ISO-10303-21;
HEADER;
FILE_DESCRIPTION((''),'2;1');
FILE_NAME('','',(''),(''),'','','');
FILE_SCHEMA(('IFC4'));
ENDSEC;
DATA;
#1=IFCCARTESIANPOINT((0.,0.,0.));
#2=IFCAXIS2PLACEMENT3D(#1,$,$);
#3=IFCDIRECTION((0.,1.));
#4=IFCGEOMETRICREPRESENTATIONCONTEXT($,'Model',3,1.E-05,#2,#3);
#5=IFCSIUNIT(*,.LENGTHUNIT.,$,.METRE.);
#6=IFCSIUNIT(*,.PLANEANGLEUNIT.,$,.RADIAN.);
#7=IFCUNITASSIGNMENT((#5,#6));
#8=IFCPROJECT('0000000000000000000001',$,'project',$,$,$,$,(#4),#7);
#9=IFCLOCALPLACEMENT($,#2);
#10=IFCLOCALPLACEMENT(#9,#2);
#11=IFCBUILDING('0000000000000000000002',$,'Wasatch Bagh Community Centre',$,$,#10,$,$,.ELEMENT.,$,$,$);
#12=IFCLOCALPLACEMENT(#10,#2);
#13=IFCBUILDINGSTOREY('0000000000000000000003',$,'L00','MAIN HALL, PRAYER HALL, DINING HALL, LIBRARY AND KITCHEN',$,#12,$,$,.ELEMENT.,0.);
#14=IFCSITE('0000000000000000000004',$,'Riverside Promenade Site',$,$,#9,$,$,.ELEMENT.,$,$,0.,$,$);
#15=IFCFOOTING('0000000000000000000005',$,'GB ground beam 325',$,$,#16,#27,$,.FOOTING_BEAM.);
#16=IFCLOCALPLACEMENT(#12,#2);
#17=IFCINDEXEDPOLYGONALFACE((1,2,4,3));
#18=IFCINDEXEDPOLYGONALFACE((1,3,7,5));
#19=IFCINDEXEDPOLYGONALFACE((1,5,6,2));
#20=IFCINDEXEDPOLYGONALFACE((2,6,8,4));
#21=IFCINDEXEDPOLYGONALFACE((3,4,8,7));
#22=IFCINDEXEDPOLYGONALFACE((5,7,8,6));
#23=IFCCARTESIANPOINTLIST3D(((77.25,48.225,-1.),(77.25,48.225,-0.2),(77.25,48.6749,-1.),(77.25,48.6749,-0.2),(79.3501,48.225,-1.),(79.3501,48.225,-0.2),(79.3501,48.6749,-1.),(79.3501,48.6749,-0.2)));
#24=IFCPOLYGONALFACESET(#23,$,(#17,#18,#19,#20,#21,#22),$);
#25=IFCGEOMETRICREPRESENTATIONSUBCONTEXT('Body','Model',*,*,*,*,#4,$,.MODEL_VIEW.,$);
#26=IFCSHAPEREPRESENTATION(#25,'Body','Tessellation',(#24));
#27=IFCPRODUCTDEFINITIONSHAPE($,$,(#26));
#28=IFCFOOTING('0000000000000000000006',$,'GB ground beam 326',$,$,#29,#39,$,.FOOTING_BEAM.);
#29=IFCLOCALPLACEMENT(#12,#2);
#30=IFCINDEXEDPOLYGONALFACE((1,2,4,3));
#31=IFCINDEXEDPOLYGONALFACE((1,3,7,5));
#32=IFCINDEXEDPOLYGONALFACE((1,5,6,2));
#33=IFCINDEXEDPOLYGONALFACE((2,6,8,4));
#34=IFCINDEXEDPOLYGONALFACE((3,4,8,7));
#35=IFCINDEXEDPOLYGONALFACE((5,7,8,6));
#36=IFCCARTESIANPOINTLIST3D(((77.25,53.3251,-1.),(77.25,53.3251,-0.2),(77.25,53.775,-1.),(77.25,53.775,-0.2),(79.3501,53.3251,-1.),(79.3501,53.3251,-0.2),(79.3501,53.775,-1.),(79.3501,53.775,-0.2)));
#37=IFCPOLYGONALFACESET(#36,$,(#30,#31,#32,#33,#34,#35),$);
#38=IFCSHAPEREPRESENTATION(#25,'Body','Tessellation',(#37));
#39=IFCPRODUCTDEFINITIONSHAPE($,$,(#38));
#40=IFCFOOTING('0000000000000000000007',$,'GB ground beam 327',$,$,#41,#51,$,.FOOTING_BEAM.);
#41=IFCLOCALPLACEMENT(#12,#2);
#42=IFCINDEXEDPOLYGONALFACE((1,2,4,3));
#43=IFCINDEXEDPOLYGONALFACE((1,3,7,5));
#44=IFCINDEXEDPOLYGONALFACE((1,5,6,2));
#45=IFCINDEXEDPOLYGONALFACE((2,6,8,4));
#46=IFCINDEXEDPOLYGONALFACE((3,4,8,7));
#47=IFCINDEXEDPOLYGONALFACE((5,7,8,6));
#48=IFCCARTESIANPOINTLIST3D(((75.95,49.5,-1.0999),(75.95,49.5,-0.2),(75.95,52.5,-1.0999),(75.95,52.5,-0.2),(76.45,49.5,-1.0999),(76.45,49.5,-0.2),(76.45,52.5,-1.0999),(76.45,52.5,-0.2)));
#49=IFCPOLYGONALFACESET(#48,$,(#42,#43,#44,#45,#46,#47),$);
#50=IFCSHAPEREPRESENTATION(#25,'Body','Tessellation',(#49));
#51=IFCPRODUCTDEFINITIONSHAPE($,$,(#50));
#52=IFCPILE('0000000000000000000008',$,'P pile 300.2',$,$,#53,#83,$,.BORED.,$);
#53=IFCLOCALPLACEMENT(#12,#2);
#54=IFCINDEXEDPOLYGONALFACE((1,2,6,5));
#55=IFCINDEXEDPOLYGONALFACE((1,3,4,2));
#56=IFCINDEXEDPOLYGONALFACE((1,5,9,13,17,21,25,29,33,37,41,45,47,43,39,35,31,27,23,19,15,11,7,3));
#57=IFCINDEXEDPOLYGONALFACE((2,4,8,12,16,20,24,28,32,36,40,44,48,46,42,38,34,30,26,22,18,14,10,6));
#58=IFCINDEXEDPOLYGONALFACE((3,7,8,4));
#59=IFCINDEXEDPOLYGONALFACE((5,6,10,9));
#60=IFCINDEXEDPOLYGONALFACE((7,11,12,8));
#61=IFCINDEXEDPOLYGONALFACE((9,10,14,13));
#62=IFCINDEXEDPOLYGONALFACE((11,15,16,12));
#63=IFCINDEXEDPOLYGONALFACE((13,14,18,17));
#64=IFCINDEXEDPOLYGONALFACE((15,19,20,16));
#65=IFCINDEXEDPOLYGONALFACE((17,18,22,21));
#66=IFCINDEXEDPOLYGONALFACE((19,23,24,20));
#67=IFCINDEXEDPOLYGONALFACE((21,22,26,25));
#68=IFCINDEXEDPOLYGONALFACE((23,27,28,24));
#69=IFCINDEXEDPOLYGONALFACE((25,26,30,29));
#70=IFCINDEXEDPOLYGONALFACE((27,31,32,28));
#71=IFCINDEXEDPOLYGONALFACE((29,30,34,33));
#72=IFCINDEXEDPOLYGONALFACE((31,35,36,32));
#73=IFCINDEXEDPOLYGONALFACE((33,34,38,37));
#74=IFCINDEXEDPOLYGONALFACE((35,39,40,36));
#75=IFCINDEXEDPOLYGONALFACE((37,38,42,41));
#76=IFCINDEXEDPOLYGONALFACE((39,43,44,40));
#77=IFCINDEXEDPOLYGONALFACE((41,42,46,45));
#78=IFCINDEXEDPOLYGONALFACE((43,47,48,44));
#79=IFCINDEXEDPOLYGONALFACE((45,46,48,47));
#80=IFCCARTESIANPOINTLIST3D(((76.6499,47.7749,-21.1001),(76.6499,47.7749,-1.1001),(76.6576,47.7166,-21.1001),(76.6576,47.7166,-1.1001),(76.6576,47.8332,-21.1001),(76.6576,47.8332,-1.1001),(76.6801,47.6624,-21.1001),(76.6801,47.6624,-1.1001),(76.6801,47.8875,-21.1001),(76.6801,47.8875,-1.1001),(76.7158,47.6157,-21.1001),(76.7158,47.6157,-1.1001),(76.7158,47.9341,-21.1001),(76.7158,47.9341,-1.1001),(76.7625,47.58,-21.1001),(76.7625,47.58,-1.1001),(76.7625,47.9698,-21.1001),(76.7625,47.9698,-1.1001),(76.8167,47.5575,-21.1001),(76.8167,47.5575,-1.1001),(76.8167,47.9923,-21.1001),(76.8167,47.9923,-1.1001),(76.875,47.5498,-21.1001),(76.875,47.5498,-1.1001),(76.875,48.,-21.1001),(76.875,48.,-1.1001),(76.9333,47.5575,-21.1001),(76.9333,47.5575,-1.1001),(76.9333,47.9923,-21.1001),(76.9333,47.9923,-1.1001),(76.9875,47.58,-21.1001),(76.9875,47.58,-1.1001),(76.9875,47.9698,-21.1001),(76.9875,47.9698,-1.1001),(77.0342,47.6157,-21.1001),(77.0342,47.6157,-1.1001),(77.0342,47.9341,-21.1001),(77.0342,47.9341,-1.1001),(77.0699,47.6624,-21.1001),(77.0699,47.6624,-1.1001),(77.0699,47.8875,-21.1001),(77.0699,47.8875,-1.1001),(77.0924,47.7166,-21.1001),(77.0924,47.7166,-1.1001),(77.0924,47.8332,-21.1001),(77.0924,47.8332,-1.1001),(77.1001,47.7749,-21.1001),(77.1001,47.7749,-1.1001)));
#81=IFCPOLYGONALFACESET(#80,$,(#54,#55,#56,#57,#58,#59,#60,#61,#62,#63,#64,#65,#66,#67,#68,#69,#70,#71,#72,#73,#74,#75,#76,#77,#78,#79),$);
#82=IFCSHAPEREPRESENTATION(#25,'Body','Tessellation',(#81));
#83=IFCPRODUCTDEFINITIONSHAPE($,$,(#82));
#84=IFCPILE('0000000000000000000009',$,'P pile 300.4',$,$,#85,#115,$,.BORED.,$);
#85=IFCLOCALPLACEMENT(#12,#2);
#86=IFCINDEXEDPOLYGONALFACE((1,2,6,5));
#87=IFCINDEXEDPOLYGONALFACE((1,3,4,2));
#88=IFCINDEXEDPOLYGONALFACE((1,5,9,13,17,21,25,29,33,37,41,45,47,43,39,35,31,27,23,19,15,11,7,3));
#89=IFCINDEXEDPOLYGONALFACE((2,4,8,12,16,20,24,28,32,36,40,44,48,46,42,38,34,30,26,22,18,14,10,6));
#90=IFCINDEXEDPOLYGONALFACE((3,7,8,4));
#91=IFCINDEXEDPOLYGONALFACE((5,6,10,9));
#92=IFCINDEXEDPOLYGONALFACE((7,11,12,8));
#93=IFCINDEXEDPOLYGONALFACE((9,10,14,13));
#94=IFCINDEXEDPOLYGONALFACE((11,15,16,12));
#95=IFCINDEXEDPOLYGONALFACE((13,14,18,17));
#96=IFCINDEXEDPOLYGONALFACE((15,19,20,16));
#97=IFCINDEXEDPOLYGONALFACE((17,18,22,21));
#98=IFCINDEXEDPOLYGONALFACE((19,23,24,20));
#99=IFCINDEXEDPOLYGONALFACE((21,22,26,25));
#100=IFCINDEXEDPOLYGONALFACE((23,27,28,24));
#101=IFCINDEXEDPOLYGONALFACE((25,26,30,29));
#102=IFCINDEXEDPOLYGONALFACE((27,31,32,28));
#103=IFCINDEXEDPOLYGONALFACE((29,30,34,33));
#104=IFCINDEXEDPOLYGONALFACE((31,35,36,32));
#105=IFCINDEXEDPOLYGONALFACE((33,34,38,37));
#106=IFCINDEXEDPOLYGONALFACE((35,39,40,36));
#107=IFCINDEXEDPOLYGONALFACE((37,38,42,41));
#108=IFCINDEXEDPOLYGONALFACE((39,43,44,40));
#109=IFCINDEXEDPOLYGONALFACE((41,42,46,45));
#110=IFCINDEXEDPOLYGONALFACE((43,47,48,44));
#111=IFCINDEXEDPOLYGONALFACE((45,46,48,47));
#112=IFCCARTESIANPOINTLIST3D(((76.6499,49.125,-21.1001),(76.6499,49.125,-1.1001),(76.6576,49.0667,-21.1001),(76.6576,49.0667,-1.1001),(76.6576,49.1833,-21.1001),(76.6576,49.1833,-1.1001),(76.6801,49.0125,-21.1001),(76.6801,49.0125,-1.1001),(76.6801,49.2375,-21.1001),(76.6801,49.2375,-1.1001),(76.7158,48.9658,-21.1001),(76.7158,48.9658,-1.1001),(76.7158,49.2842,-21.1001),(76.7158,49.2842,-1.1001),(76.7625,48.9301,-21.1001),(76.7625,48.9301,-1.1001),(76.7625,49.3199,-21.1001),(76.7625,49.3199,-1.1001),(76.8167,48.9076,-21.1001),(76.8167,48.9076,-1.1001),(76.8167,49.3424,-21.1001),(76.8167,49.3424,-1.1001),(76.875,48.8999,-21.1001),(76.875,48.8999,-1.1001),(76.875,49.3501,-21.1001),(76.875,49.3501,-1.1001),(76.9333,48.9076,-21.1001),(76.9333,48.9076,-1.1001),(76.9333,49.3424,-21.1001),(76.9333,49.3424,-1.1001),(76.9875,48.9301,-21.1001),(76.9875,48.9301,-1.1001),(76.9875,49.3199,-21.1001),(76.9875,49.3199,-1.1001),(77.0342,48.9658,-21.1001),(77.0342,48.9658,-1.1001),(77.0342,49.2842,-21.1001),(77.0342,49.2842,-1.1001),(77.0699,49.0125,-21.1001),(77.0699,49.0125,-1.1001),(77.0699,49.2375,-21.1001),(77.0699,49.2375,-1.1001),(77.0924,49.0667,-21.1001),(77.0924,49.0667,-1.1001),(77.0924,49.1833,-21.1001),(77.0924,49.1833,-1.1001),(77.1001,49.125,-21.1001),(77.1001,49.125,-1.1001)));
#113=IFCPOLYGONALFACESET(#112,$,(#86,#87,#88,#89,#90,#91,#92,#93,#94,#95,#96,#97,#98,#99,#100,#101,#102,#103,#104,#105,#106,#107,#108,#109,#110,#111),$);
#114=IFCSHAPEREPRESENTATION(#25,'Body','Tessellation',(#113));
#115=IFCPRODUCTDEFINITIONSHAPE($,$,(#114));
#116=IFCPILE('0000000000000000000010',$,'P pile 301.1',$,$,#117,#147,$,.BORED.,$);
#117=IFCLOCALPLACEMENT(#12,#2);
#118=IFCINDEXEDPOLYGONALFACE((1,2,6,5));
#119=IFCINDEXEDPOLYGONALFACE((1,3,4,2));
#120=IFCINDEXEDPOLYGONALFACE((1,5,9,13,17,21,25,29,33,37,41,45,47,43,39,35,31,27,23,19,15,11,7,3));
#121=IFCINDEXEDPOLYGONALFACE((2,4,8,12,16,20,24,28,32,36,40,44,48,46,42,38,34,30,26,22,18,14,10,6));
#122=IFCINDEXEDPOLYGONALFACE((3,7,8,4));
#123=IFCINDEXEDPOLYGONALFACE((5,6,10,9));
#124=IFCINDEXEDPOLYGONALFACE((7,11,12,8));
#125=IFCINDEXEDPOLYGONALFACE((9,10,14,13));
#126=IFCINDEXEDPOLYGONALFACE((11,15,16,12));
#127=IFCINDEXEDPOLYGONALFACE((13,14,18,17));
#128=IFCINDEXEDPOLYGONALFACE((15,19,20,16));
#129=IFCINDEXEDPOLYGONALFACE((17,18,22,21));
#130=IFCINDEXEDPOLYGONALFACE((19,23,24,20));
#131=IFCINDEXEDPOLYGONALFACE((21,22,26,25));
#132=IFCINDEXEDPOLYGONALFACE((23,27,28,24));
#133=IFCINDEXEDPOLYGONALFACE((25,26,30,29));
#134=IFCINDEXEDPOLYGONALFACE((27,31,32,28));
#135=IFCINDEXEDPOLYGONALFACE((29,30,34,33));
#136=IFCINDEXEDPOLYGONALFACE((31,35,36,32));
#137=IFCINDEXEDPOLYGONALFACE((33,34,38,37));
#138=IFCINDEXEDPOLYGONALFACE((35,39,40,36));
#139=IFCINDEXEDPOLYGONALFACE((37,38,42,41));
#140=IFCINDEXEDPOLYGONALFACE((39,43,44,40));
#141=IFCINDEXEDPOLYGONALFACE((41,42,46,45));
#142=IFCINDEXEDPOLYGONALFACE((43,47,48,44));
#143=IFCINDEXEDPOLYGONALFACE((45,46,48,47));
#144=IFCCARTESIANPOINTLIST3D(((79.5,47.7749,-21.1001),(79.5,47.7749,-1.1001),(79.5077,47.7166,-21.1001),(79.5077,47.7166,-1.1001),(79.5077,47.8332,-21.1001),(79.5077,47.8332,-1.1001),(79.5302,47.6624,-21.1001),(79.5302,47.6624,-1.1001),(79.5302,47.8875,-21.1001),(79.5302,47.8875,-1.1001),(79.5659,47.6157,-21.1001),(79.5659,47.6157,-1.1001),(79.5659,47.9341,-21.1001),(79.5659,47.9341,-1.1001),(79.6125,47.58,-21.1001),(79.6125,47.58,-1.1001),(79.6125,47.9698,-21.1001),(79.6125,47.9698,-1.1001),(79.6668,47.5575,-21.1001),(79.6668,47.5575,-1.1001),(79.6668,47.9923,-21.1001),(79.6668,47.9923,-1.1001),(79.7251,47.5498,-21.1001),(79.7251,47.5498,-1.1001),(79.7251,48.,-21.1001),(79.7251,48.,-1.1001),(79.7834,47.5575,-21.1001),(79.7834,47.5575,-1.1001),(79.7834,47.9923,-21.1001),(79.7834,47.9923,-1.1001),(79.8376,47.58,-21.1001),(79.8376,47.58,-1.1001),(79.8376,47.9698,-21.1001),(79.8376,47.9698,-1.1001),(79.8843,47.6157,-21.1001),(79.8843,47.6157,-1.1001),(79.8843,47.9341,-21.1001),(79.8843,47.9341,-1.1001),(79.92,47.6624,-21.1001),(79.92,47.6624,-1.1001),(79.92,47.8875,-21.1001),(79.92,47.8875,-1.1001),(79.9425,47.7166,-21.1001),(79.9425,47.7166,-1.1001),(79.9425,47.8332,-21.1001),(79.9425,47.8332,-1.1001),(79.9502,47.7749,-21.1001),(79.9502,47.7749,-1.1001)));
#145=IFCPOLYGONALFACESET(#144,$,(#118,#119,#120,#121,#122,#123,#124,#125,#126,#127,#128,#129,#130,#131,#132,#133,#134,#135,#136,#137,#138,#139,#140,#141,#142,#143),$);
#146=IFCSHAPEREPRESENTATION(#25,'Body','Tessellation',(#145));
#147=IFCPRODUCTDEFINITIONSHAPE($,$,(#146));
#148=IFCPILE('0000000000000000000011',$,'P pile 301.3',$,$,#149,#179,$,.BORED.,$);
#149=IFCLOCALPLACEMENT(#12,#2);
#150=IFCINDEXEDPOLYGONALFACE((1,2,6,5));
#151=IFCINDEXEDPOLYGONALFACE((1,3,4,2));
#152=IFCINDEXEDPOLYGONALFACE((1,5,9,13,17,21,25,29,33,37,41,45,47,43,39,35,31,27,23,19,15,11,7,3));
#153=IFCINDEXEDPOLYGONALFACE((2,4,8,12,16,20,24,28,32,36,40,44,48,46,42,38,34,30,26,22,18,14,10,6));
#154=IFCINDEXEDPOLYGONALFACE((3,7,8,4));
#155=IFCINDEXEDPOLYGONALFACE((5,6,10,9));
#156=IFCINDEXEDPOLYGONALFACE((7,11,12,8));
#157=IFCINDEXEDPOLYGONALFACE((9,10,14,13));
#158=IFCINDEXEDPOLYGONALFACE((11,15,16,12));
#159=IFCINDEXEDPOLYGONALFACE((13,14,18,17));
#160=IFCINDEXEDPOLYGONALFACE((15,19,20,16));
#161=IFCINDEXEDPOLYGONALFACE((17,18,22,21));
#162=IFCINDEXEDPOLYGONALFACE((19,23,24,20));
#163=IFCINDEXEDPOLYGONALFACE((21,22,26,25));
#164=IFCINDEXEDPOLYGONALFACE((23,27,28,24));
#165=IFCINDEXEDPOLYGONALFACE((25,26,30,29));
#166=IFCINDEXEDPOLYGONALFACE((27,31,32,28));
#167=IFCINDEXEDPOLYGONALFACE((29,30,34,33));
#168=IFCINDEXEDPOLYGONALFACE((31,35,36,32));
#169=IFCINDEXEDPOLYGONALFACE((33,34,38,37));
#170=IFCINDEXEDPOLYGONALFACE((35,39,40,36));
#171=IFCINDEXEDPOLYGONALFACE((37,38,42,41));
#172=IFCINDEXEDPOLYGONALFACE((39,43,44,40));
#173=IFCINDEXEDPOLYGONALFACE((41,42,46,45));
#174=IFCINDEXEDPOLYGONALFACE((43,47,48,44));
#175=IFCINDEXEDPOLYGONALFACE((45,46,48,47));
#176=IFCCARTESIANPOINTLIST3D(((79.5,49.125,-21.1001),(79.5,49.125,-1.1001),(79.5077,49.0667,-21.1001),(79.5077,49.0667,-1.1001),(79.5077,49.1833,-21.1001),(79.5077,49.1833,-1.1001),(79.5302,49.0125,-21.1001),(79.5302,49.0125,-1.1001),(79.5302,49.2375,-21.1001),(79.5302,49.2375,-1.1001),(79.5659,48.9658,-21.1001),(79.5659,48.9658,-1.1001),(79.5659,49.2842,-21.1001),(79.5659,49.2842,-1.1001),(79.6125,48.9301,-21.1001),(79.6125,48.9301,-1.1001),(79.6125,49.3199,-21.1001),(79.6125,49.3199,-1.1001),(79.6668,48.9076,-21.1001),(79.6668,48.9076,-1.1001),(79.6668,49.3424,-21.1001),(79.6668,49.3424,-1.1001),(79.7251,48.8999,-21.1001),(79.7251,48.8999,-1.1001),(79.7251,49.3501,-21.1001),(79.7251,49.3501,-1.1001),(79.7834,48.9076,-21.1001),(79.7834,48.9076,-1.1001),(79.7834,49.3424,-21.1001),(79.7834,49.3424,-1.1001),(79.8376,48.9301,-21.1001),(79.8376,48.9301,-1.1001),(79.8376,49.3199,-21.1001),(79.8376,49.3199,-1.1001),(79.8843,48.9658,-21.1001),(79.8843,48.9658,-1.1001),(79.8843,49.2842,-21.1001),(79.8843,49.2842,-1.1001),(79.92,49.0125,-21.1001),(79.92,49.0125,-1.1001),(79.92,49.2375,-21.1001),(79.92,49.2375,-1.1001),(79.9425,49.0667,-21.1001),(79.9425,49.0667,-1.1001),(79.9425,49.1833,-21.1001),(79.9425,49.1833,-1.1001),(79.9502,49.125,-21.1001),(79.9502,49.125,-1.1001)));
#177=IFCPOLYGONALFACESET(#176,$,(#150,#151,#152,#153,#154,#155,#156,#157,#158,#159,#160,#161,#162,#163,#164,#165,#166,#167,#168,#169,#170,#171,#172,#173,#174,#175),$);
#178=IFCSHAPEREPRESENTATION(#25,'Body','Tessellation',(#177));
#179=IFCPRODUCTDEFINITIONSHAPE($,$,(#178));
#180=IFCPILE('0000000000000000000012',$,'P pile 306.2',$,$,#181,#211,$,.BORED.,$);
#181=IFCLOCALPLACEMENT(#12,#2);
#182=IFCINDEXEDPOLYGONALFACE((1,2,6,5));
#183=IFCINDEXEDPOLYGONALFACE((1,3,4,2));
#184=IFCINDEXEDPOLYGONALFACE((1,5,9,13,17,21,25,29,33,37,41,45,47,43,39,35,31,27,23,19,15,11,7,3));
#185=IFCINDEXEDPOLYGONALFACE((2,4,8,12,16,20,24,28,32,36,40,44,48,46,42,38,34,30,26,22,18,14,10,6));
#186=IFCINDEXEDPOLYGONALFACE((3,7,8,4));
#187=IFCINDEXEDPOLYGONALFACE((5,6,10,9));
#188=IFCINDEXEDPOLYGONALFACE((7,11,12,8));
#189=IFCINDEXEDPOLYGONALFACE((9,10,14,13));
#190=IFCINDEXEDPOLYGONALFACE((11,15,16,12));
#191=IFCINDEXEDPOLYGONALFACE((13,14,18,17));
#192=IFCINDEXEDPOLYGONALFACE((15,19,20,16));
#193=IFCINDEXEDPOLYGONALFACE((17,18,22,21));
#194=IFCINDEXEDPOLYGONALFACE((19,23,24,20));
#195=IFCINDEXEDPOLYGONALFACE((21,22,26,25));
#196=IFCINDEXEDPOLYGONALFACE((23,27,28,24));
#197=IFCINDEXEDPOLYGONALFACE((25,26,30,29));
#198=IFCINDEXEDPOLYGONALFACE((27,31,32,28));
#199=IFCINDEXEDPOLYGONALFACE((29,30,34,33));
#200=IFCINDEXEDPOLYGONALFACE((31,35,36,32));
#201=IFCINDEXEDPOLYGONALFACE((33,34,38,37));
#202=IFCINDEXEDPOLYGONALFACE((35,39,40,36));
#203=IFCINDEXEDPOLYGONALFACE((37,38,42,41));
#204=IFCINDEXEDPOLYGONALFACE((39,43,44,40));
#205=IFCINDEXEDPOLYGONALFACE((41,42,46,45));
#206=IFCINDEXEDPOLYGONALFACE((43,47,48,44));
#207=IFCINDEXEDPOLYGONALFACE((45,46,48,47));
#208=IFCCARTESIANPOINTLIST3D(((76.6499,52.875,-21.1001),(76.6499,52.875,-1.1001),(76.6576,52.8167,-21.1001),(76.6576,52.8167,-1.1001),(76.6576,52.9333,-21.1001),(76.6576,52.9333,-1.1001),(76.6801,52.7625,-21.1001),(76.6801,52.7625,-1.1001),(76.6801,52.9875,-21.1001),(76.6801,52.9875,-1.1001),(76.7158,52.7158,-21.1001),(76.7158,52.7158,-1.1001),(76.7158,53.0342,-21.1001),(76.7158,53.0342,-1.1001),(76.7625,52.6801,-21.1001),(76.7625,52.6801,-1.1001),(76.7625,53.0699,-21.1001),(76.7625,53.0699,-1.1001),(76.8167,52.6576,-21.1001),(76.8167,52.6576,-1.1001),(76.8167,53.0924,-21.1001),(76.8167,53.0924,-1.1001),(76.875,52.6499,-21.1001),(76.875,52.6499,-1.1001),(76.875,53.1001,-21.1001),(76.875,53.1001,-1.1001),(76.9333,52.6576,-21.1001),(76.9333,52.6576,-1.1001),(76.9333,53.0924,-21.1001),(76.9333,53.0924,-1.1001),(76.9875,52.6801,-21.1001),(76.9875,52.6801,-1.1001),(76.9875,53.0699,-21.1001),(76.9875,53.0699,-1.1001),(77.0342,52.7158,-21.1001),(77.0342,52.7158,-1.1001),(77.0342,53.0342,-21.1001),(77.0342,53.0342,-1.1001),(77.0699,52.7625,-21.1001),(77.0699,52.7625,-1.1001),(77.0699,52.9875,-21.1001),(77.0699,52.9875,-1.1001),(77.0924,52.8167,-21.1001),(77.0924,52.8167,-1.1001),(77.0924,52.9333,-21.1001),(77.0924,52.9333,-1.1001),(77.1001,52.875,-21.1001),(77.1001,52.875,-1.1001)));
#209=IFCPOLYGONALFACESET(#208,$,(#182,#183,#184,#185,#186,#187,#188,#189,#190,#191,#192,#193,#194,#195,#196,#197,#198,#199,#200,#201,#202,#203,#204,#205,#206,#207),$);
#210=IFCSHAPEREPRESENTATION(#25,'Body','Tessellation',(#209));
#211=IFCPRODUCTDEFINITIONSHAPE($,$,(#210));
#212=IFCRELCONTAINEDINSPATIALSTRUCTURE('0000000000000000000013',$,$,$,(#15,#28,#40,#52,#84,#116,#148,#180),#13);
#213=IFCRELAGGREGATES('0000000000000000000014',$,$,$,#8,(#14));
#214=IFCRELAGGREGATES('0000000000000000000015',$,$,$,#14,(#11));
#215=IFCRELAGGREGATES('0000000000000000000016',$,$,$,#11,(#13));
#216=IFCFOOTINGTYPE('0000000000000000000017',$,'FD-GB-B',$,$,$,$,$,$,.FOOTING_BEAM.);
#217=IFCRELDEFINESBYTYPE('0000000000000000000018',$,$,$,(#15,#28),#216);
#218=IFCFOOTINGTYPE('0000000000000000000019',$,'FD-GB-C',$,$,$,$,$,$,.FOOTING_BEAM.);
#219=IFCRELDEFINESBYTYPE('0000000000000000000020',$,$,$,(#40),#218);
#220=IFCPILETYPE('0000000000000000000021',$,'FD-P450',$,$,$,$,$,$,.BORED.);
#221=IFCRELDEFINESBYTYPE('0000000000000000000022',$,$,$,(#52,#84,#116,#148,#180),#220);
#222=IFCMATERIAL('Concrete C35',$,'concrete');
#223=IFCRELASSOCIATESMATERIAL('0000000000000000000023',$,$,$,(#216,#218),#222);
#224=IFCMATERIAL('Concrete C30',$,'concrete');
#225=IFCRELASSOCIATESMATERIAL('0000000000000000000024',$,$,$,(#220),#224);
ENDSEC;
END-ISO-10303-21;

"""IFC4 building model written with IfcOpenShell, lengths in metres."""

from ifc_helpers import new_model, si_unit, direction, frame, origin, origin_2d, place, context, subcontext, project, spatial, rectangle, circle, extrude, material, material_profile, profile_set, type_object, element, save


model = new_model("IFC4")

# Units and contexts
model_context = context("Model", 3, precision=1e-05, world=origin(), true_north=direction((0.0, 1.0)))
body_context = subcontext(model_context, "Body", "Model", "MODEL_VIEW")
ifc_project = project(units=[si_unit("LENGTHUNIT", "METRE"), si_unit("PLANEANGLEUNIT", "RADIAN")], contexts=[model_context])

# Site, building, storey
site_placement = place(None, origin())
site = spatial("IfcSite", under=ifc_project, at=site_placement, Name="Riverside Promenade Site", CompositionType="ELEMENT", RefElevation=0.0)
building_placement = place(site_placement, origin())
building = spatial("IfcBuilding", under=site, at=building_placement, Name="Wasatch Bagh Community Centre", CompositionType="ELEMENT")
storey_placement = place(building_placement, origin())
storey = spatial("IfcBuildingStorey", under=building, at=storey_placement, Name="L00", Description="MAIN HALL, PRAYER HALL, DINING HALL, LIBRARY AND KITCHEN", CompositionType="ELEMENT", Elevation=0.0)

# Footings
ifc_material_1 = material(Name="Concrete C35", Category="concrete")
footing_type_1 = type_object("IfcFootingType", Name="FD-GB-B", PredefinedType="FOOTING_BEAM", material=ifc_material_1)
for number, where, z_axis, x_axis, name in (
    (1, (78.3, 48.45, -1.0), (0.0, 0.0, 1.0), (-1.0, 0.0, 0.0), "GB ground beam 325"),
    (2, (78.3, 53.55, -1.0), (0.0, 0.0, 1.0), (-1.0, 0.0, 0.0), "GB ground beam 326"),
):
    element("IfcFooting", number, at=place(storey_placement, frame(where, z_axis=z_axis, x_axis=x_axis)), inside=storey, type_object=footing_type_1, Name=name, PredefinedType="FOOTING_BEAM", context=body_context, shape_type="SweptSolid", body=[
        extrude(rectangle(XDim=2.1001, YDim=0.45, at=origin_2d()), origin(), (0.0, 0.0, 1.0), 0.8),
    ])
footing_type_2 = type_object("IfcFootingType", Name="FD-GB-C", PredefinedType="FOOTING_BEAM", material=ifc_material_1)
footing_placement = place(storey_placement, frame((76.2, 51.0, -1.0999), z_axis=(0.0, 0.0, 1.0), x_axis=(0.0, 1.0, 0.0)))
element("IfcFooting", 3, at=footing_placement, inside=storey, type_object=footing_type_2, Name="GB ground beam 327", PredefinedType="FOOTING_BEAM", context=body_context, shape_type="SweptSolid", body=[
    extrude(rectangle(XDim=3.0, YDim=0.5, at=origin_2d()), origin(), (0.0, 0.0, 1.0), 0.8999),
])

# Piles
ifc_material_2 = material(Name="Concrete C30", Category="concrete")
ifc_material_profile_1 = material_profile(ifc_material_2, circle(Radius=0.2251, at=origin_2d()), Name="RC D450")
ifc_profile_set_1 = profile_set([ifc_material_profile_1], Name="Concrete C30")
pile_type = type_object("IfcPileType", Name="FD-P450", PredefinedType="BORED", material=ifc_profile_set_1)
for number, where, z_axis, x_axis, name in (
    (4, (76.875, 47.7749, -1.1001), (0.0, 0.0, -1.0), (1.0, 0.0, 0.0), "P pile 300.2"),
    (5, (76.875, 49.125, -1.1001), (0.0, 0.0, -1.0), (1.0, 0.0, 0.0), "P pile 300.4"),
    (6, (79.7251, 47.7749, -1.1001), (0.0, 0.0, -1.0), (1.0, 0.0, 0.0), "P pile 301.1"),
    (7, (79.7251, 49.125, -1.1001), (0.0, 0.0, -1.0), (1.0, 0.0, 0.0), "P pile 301.3"),
    (8, (76.875, 52.875, -1.1001), (0.0, 0.0, -1.0), (1.0, 0.0, 0.0), "P pile 306.2"),
):
    element("IfcPile", number, at=place(storey_placement, frame(where, z_axis=z_axis, x_axis=x_axis)), inside=storey, type_object=pile_type, Name=name, PredefinedType="BORED", context=body_context, shape_type="SweptSolid", body=[
        extrude(circle(Radius=0.2251, at=origin_2d()), origin(), (0.0, 0.0, 1.0), 20.0),
    ])

save(model, "model.ifc")
